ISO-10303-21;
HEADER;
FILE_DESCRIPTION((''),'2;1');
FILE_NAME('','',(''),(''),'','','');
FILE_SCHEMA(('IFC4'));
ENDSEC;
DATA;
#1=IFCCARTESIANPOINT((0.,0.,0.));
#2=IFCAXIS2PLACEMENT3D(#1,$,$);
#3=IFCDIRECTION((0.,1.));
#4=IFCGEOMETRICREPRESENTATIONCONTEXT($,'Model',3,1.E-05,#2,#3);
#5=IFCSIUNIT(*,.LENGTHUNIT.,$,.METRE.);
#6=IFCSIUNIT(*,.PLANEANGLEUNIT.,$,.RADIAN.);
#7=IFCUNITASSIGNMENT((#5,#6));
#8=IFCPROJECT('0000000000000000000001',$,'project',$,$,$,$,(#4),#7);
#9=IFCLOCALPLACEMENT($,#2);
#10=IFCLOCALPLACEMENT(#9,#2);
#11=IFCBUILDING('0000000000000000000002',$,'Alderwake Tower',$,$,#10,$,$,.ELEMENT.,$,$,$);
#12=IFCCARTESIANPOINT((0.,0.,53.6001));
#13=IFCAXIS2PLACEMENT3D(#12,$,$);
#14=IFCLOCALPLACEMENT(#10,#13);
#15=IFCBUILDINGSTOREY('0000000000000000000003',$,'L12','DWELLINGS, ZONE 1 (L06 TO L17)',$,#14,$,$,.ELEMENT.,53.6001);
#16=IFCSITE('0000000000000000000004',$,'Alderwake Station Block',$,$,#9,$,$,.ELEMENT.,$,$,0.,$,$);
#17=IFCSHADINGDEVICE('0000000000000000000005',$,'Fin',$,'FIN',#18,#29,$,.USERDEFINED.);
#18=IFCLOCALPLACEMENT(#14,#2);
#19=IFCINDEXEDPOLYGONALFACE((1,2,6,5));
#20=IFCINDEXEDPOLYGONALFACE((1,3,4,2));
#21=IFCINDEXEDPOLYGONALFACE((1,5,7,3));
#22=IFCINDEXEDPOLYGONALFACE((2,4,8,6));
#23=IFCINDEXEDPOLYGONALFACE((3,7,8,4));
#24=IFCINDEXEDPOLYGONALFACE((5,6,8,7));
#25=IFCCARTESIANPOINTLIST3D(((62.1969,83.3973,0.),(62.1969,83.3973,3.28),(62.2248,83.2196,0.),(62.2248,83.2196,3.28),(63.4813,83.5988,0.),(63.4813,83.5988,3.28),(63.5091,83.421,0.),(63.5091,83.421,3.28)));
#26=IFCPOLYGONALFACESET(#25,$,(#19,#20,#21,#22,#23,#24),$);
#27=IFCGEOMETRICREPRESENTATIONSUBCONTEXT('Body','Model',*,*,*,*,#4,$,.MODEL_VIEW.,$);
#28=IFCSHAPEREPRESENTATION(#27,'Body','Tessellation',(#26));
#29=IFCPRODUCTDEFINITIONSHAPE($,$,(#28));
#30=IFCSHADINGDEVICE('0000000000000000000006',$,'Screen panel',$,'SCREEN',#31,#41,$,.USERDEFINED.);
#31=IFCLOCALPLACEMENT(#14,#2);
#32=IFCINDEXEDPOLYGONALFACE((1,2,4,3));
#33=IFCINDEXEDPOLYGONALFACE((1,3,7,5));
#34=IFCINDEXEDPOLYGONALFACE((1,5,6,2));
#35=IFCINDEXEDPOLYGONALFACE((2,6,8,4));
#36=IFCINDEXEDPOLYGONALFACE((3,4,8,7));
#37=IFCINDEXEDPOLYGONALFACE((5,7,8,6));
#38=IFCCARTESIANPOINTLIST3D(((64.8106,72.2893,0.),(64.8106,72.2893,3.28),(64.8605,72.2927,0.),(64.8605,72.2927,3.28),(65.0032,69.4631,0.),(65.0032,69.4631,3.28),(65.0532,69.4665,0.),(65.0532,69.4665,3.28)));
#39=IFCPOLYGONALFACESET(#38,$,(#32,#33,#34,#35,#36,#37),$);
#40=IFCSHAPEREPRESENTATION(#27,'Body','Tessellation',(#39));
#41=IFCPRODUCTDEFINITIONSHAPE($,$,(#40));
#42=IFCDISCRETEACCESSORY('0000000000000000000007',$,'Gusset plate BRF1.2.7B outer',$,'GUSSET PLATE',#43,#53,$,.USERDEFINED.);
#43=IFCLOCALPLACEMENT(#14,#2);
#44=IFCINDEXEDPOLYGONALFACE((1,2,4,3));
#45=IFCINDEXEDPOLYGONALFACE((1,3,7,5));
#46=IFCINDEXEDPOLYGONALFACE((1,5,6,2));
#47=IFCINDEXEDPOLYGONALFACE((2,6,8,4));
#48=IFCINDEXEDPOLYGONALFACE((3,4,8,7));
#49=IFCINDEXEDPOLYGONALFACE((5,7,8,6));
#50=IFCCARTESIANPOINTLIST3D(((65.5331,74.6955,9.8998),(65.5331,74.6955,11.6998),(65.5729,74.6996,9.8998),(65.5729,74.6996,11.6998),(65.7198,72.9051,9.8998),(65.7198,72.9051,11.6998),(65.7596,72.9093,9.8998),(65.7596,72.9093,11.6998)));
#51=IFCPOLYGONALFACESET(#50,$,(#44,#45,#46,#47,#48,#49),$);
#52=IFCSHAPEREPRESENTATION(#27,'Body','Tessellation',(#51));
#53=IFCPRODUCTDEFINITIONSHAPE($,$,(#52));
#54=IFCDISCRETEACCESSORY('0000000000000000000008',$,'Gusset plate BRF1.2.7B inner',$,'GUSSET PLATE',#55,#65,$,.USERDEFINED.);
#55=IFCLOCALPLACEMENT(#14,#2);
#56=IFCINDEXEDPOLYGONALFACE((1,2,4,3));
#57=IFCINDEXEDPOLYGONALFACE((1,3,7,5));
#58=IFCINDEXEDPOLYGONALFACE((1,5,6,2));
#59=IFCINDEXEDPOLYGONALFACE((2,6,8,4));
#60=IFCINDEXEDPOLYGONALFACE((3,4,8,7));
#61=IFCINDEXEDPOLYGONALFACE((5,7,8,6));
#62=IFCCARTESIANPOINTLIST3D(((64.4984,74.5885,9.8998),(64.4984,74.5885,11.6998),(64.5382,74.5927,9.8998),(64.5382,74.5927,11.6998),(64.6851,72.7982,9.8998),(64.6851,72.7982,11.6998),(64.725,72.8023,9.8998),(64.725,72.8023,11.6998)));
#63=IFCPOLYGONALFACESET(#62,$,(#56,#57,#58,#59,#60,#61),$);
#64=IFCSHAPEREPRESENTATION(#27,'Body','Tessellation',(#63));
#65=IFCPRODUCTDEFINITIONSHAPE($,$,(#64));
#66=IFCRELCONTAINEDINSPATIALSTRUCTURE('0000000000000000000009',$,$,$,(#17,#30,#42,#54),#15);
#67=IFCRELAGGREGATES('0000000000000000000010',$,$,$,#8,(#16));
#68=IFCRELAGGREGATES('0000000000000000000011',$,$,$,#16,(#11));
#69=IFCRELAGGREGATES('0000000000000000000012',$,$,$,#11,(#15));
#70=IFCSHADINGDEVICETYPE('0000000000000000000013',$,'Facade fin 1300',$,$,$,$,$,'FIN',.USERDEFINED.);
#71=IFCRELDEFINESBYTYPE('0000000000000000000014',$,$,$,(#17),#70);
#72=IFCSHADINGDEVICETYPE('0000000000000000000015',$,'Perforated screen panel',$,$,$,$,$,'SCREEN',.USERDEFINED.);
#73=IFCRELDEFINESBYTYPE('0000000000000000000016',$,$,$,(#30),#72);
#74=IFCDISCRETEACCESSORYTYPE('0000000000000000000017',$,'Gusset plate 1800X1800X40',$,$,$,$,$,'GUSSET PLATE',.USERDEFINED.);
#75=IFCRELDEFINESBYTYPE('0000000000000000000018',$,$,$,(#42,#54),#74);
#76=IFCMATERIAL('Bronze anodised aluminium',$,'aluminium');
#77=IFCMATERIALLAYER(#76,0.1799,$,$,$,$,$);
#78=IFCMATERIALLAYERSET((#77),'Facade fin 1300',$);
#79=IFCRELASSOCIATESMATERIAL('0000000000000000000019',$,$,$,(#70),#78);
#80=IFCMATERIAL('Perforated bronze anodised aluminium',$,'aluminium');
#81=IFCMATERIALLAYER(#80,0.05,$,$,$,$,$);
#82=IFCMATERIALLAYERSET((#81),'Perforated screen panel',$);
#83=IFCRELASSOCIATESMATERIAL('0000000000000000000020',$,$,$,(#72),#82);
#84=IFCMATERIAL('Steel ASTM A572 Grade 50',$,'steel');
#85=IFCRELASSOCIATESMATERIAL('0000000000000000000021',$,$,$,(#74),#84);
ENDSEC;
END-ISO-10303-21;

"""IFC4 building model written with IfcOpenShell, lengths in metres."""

from ifc_helpers import new_model, si_unit, direction, frame, origin, origin_2d, place, context, subcontext, project, spatial, rectangle, extrude, material, layer, layer_set, material_profile, profile_set, type_object, element, save


model = new_model("IFC4")

# Units and contexts
model_context = context("Model", 3, precision=1e-05, world=origin(), true_north=direction((0.0, 1.0)))
body_context = subcontext(model_context, "Body", "Model", "MODEL_VIEW")
ifc_project = project(units=[si_unit("LENGTHUNIT", "METRE"), si_unit("PLANEANGLEUNIT", "RADIAN")], contexts=[model_context])

# Site, building, storey
site_placement = place(None, origin())
site = spatial("IfcSite", under=ifc_project, at=site_placement, Name="Alderwake Station Block", CompositionType="ELEMENT", RefElevation=0.0)
building_placement = place(site_placement, origin())
building = spatial("IfcBuilding", under=site, at=building_placement, Name="Alderwake Tower", CompositionType="ELEMENT")
storey_placement = place(building_placement, frame((0.0, 0.0, 53.6001)))
storey = spatial("IfcBuildingStorey", under=building, at=storey_placement, Name="L12", Description="DWELLINGS, ZONE 1 (L06 TO L17)", CompositionType="ELEMENT", Elevation=53.6001)

# Shading devices
ifc_material_1 = material(Name="Bronze anodised aluminium", Category="aluminium")
ifc_layer_1 = layer(ifc_material_1, 0.1799)
ifc_layer_set_1 = layer_set([ifc_layer_1], Name="Facade fin 1300")
shading_device_type_1 = type_object("IfcShadingDeviceType", Name="Facade fin 1300", ElementType="FIN", PredefinedType="USERDEFINED", material=ifc_layer_set_1)
for number, where, z_axis, x_axis, name in (
    (1, (62.853, 83.4092, 0.0), (0.0, 0.0, 1.0), (0.987919, 0.154972, 0.0), "Fin"),
):
    element("IfcShadingDevice", number, at=place(storey_placement, frame(where, z_axis=z_axis, x_axis=x_axis)), inside=storey, type_object=shading_device_type_1, Name=name, ObjectType="FIN", PredefinedType="USERDEFINED", context=body_context, shape_type="SweptSolid", body=[
        extrude(rectangle(XDim=1.3, YDim=0.1799, at=origin_2d()), origin(), (0.0, 0.0, 1.0), 3.28),
    ])
ifc_material_2 = material(Name="Perforated bronze anodised aluminium", Category="aluminium")
ifc_layer_2 = layer(ifc_material_2, 0.05)
ifc_layer_set_2 = layer_set([ifc_layer_2], Name="Perforated screen panel")
shading_device_type_2 = type_object("IfcShadingDeviceType", Name="Perforated screen panel", ElementType="SCREEN", PredefinedType="USERDEFINED", material=ifc_layer_set_2)
shading_device_placement = place(storey_placement, frame((64.9319, 70.8779, 0.0), z_axis=(0.0, 0.0, 1.0), x_axis=(0.997685, 0.067998, 0.0)))
element("IfcShadingDevice", 2, at=shading_device_placement, inside=storey, type_object=shading_device_type_2, Name="Screen panel", ObjectType="SCREEN", PredefinedType="USERDEFINED", context=body_context, shape_type="SweptSolid", body=[
    extrude(rectangle(XDim=0.05, YDim=2.8328, at=origin_2d()), origin(), (0.0, 0.0, 1.0), 3.28),
])

# Discrete accessories
ifc_material_3 = material(Name="Steel ASTM A572 Grade 50", Category="steel")
ifc_material_profile_1 = material_profile(ifc_material_3, rectangle(XDim=1.8, YDim=1.8, at=origin_2d()), Name="gusset 1800X1800")
ifc_profile_set_1 = profile_set([ifc_material_profile_1], Name="Steel ASTM A572 Grade 50")
discrete_accessory_type = type_object("IfcDiscreteAccessoryType", Name="Gusset plate 1800X1800X40", ElementType="GUSSET PLATE", PredefinedType="USERDEFINED", material=ifc_profile_set_1)
for number, where, z_axis, x_axis, name in (
    (3, (65.6265, 73.8003, 10.7998), (0.994605, 0.103732, 0.0), (-0.103732, 0.994605, 0.0), "Gusset plate BRF1.2.7B outer"),
    (4, (64.6316, 73.6975, 10.7998), (-0.994605, -0.103732, 0.0), (0.103732, -0.994605, 0.0), "Gusset plate BRF1.2.7B inner"),
):
    element("IfcDiscreteAccessory", number, at=place(storey_placement, frame(where, z_axis=z_axis, x_axis=x_axis)), inside=storey, type_object=discrete_accessory_type, Name=name, ObjectType="GUSSET PLATE", PredefinedType="USERDEFINED", context=body_context, shape_type="SweptSolid", body=[
        extrude(rectangle(XDim=1.8, YDim=1.8, at=origin_2d()), origin(), (0.0, 0.0, 1.0), 0.04),
    ])

save(model, "model.ifc")
